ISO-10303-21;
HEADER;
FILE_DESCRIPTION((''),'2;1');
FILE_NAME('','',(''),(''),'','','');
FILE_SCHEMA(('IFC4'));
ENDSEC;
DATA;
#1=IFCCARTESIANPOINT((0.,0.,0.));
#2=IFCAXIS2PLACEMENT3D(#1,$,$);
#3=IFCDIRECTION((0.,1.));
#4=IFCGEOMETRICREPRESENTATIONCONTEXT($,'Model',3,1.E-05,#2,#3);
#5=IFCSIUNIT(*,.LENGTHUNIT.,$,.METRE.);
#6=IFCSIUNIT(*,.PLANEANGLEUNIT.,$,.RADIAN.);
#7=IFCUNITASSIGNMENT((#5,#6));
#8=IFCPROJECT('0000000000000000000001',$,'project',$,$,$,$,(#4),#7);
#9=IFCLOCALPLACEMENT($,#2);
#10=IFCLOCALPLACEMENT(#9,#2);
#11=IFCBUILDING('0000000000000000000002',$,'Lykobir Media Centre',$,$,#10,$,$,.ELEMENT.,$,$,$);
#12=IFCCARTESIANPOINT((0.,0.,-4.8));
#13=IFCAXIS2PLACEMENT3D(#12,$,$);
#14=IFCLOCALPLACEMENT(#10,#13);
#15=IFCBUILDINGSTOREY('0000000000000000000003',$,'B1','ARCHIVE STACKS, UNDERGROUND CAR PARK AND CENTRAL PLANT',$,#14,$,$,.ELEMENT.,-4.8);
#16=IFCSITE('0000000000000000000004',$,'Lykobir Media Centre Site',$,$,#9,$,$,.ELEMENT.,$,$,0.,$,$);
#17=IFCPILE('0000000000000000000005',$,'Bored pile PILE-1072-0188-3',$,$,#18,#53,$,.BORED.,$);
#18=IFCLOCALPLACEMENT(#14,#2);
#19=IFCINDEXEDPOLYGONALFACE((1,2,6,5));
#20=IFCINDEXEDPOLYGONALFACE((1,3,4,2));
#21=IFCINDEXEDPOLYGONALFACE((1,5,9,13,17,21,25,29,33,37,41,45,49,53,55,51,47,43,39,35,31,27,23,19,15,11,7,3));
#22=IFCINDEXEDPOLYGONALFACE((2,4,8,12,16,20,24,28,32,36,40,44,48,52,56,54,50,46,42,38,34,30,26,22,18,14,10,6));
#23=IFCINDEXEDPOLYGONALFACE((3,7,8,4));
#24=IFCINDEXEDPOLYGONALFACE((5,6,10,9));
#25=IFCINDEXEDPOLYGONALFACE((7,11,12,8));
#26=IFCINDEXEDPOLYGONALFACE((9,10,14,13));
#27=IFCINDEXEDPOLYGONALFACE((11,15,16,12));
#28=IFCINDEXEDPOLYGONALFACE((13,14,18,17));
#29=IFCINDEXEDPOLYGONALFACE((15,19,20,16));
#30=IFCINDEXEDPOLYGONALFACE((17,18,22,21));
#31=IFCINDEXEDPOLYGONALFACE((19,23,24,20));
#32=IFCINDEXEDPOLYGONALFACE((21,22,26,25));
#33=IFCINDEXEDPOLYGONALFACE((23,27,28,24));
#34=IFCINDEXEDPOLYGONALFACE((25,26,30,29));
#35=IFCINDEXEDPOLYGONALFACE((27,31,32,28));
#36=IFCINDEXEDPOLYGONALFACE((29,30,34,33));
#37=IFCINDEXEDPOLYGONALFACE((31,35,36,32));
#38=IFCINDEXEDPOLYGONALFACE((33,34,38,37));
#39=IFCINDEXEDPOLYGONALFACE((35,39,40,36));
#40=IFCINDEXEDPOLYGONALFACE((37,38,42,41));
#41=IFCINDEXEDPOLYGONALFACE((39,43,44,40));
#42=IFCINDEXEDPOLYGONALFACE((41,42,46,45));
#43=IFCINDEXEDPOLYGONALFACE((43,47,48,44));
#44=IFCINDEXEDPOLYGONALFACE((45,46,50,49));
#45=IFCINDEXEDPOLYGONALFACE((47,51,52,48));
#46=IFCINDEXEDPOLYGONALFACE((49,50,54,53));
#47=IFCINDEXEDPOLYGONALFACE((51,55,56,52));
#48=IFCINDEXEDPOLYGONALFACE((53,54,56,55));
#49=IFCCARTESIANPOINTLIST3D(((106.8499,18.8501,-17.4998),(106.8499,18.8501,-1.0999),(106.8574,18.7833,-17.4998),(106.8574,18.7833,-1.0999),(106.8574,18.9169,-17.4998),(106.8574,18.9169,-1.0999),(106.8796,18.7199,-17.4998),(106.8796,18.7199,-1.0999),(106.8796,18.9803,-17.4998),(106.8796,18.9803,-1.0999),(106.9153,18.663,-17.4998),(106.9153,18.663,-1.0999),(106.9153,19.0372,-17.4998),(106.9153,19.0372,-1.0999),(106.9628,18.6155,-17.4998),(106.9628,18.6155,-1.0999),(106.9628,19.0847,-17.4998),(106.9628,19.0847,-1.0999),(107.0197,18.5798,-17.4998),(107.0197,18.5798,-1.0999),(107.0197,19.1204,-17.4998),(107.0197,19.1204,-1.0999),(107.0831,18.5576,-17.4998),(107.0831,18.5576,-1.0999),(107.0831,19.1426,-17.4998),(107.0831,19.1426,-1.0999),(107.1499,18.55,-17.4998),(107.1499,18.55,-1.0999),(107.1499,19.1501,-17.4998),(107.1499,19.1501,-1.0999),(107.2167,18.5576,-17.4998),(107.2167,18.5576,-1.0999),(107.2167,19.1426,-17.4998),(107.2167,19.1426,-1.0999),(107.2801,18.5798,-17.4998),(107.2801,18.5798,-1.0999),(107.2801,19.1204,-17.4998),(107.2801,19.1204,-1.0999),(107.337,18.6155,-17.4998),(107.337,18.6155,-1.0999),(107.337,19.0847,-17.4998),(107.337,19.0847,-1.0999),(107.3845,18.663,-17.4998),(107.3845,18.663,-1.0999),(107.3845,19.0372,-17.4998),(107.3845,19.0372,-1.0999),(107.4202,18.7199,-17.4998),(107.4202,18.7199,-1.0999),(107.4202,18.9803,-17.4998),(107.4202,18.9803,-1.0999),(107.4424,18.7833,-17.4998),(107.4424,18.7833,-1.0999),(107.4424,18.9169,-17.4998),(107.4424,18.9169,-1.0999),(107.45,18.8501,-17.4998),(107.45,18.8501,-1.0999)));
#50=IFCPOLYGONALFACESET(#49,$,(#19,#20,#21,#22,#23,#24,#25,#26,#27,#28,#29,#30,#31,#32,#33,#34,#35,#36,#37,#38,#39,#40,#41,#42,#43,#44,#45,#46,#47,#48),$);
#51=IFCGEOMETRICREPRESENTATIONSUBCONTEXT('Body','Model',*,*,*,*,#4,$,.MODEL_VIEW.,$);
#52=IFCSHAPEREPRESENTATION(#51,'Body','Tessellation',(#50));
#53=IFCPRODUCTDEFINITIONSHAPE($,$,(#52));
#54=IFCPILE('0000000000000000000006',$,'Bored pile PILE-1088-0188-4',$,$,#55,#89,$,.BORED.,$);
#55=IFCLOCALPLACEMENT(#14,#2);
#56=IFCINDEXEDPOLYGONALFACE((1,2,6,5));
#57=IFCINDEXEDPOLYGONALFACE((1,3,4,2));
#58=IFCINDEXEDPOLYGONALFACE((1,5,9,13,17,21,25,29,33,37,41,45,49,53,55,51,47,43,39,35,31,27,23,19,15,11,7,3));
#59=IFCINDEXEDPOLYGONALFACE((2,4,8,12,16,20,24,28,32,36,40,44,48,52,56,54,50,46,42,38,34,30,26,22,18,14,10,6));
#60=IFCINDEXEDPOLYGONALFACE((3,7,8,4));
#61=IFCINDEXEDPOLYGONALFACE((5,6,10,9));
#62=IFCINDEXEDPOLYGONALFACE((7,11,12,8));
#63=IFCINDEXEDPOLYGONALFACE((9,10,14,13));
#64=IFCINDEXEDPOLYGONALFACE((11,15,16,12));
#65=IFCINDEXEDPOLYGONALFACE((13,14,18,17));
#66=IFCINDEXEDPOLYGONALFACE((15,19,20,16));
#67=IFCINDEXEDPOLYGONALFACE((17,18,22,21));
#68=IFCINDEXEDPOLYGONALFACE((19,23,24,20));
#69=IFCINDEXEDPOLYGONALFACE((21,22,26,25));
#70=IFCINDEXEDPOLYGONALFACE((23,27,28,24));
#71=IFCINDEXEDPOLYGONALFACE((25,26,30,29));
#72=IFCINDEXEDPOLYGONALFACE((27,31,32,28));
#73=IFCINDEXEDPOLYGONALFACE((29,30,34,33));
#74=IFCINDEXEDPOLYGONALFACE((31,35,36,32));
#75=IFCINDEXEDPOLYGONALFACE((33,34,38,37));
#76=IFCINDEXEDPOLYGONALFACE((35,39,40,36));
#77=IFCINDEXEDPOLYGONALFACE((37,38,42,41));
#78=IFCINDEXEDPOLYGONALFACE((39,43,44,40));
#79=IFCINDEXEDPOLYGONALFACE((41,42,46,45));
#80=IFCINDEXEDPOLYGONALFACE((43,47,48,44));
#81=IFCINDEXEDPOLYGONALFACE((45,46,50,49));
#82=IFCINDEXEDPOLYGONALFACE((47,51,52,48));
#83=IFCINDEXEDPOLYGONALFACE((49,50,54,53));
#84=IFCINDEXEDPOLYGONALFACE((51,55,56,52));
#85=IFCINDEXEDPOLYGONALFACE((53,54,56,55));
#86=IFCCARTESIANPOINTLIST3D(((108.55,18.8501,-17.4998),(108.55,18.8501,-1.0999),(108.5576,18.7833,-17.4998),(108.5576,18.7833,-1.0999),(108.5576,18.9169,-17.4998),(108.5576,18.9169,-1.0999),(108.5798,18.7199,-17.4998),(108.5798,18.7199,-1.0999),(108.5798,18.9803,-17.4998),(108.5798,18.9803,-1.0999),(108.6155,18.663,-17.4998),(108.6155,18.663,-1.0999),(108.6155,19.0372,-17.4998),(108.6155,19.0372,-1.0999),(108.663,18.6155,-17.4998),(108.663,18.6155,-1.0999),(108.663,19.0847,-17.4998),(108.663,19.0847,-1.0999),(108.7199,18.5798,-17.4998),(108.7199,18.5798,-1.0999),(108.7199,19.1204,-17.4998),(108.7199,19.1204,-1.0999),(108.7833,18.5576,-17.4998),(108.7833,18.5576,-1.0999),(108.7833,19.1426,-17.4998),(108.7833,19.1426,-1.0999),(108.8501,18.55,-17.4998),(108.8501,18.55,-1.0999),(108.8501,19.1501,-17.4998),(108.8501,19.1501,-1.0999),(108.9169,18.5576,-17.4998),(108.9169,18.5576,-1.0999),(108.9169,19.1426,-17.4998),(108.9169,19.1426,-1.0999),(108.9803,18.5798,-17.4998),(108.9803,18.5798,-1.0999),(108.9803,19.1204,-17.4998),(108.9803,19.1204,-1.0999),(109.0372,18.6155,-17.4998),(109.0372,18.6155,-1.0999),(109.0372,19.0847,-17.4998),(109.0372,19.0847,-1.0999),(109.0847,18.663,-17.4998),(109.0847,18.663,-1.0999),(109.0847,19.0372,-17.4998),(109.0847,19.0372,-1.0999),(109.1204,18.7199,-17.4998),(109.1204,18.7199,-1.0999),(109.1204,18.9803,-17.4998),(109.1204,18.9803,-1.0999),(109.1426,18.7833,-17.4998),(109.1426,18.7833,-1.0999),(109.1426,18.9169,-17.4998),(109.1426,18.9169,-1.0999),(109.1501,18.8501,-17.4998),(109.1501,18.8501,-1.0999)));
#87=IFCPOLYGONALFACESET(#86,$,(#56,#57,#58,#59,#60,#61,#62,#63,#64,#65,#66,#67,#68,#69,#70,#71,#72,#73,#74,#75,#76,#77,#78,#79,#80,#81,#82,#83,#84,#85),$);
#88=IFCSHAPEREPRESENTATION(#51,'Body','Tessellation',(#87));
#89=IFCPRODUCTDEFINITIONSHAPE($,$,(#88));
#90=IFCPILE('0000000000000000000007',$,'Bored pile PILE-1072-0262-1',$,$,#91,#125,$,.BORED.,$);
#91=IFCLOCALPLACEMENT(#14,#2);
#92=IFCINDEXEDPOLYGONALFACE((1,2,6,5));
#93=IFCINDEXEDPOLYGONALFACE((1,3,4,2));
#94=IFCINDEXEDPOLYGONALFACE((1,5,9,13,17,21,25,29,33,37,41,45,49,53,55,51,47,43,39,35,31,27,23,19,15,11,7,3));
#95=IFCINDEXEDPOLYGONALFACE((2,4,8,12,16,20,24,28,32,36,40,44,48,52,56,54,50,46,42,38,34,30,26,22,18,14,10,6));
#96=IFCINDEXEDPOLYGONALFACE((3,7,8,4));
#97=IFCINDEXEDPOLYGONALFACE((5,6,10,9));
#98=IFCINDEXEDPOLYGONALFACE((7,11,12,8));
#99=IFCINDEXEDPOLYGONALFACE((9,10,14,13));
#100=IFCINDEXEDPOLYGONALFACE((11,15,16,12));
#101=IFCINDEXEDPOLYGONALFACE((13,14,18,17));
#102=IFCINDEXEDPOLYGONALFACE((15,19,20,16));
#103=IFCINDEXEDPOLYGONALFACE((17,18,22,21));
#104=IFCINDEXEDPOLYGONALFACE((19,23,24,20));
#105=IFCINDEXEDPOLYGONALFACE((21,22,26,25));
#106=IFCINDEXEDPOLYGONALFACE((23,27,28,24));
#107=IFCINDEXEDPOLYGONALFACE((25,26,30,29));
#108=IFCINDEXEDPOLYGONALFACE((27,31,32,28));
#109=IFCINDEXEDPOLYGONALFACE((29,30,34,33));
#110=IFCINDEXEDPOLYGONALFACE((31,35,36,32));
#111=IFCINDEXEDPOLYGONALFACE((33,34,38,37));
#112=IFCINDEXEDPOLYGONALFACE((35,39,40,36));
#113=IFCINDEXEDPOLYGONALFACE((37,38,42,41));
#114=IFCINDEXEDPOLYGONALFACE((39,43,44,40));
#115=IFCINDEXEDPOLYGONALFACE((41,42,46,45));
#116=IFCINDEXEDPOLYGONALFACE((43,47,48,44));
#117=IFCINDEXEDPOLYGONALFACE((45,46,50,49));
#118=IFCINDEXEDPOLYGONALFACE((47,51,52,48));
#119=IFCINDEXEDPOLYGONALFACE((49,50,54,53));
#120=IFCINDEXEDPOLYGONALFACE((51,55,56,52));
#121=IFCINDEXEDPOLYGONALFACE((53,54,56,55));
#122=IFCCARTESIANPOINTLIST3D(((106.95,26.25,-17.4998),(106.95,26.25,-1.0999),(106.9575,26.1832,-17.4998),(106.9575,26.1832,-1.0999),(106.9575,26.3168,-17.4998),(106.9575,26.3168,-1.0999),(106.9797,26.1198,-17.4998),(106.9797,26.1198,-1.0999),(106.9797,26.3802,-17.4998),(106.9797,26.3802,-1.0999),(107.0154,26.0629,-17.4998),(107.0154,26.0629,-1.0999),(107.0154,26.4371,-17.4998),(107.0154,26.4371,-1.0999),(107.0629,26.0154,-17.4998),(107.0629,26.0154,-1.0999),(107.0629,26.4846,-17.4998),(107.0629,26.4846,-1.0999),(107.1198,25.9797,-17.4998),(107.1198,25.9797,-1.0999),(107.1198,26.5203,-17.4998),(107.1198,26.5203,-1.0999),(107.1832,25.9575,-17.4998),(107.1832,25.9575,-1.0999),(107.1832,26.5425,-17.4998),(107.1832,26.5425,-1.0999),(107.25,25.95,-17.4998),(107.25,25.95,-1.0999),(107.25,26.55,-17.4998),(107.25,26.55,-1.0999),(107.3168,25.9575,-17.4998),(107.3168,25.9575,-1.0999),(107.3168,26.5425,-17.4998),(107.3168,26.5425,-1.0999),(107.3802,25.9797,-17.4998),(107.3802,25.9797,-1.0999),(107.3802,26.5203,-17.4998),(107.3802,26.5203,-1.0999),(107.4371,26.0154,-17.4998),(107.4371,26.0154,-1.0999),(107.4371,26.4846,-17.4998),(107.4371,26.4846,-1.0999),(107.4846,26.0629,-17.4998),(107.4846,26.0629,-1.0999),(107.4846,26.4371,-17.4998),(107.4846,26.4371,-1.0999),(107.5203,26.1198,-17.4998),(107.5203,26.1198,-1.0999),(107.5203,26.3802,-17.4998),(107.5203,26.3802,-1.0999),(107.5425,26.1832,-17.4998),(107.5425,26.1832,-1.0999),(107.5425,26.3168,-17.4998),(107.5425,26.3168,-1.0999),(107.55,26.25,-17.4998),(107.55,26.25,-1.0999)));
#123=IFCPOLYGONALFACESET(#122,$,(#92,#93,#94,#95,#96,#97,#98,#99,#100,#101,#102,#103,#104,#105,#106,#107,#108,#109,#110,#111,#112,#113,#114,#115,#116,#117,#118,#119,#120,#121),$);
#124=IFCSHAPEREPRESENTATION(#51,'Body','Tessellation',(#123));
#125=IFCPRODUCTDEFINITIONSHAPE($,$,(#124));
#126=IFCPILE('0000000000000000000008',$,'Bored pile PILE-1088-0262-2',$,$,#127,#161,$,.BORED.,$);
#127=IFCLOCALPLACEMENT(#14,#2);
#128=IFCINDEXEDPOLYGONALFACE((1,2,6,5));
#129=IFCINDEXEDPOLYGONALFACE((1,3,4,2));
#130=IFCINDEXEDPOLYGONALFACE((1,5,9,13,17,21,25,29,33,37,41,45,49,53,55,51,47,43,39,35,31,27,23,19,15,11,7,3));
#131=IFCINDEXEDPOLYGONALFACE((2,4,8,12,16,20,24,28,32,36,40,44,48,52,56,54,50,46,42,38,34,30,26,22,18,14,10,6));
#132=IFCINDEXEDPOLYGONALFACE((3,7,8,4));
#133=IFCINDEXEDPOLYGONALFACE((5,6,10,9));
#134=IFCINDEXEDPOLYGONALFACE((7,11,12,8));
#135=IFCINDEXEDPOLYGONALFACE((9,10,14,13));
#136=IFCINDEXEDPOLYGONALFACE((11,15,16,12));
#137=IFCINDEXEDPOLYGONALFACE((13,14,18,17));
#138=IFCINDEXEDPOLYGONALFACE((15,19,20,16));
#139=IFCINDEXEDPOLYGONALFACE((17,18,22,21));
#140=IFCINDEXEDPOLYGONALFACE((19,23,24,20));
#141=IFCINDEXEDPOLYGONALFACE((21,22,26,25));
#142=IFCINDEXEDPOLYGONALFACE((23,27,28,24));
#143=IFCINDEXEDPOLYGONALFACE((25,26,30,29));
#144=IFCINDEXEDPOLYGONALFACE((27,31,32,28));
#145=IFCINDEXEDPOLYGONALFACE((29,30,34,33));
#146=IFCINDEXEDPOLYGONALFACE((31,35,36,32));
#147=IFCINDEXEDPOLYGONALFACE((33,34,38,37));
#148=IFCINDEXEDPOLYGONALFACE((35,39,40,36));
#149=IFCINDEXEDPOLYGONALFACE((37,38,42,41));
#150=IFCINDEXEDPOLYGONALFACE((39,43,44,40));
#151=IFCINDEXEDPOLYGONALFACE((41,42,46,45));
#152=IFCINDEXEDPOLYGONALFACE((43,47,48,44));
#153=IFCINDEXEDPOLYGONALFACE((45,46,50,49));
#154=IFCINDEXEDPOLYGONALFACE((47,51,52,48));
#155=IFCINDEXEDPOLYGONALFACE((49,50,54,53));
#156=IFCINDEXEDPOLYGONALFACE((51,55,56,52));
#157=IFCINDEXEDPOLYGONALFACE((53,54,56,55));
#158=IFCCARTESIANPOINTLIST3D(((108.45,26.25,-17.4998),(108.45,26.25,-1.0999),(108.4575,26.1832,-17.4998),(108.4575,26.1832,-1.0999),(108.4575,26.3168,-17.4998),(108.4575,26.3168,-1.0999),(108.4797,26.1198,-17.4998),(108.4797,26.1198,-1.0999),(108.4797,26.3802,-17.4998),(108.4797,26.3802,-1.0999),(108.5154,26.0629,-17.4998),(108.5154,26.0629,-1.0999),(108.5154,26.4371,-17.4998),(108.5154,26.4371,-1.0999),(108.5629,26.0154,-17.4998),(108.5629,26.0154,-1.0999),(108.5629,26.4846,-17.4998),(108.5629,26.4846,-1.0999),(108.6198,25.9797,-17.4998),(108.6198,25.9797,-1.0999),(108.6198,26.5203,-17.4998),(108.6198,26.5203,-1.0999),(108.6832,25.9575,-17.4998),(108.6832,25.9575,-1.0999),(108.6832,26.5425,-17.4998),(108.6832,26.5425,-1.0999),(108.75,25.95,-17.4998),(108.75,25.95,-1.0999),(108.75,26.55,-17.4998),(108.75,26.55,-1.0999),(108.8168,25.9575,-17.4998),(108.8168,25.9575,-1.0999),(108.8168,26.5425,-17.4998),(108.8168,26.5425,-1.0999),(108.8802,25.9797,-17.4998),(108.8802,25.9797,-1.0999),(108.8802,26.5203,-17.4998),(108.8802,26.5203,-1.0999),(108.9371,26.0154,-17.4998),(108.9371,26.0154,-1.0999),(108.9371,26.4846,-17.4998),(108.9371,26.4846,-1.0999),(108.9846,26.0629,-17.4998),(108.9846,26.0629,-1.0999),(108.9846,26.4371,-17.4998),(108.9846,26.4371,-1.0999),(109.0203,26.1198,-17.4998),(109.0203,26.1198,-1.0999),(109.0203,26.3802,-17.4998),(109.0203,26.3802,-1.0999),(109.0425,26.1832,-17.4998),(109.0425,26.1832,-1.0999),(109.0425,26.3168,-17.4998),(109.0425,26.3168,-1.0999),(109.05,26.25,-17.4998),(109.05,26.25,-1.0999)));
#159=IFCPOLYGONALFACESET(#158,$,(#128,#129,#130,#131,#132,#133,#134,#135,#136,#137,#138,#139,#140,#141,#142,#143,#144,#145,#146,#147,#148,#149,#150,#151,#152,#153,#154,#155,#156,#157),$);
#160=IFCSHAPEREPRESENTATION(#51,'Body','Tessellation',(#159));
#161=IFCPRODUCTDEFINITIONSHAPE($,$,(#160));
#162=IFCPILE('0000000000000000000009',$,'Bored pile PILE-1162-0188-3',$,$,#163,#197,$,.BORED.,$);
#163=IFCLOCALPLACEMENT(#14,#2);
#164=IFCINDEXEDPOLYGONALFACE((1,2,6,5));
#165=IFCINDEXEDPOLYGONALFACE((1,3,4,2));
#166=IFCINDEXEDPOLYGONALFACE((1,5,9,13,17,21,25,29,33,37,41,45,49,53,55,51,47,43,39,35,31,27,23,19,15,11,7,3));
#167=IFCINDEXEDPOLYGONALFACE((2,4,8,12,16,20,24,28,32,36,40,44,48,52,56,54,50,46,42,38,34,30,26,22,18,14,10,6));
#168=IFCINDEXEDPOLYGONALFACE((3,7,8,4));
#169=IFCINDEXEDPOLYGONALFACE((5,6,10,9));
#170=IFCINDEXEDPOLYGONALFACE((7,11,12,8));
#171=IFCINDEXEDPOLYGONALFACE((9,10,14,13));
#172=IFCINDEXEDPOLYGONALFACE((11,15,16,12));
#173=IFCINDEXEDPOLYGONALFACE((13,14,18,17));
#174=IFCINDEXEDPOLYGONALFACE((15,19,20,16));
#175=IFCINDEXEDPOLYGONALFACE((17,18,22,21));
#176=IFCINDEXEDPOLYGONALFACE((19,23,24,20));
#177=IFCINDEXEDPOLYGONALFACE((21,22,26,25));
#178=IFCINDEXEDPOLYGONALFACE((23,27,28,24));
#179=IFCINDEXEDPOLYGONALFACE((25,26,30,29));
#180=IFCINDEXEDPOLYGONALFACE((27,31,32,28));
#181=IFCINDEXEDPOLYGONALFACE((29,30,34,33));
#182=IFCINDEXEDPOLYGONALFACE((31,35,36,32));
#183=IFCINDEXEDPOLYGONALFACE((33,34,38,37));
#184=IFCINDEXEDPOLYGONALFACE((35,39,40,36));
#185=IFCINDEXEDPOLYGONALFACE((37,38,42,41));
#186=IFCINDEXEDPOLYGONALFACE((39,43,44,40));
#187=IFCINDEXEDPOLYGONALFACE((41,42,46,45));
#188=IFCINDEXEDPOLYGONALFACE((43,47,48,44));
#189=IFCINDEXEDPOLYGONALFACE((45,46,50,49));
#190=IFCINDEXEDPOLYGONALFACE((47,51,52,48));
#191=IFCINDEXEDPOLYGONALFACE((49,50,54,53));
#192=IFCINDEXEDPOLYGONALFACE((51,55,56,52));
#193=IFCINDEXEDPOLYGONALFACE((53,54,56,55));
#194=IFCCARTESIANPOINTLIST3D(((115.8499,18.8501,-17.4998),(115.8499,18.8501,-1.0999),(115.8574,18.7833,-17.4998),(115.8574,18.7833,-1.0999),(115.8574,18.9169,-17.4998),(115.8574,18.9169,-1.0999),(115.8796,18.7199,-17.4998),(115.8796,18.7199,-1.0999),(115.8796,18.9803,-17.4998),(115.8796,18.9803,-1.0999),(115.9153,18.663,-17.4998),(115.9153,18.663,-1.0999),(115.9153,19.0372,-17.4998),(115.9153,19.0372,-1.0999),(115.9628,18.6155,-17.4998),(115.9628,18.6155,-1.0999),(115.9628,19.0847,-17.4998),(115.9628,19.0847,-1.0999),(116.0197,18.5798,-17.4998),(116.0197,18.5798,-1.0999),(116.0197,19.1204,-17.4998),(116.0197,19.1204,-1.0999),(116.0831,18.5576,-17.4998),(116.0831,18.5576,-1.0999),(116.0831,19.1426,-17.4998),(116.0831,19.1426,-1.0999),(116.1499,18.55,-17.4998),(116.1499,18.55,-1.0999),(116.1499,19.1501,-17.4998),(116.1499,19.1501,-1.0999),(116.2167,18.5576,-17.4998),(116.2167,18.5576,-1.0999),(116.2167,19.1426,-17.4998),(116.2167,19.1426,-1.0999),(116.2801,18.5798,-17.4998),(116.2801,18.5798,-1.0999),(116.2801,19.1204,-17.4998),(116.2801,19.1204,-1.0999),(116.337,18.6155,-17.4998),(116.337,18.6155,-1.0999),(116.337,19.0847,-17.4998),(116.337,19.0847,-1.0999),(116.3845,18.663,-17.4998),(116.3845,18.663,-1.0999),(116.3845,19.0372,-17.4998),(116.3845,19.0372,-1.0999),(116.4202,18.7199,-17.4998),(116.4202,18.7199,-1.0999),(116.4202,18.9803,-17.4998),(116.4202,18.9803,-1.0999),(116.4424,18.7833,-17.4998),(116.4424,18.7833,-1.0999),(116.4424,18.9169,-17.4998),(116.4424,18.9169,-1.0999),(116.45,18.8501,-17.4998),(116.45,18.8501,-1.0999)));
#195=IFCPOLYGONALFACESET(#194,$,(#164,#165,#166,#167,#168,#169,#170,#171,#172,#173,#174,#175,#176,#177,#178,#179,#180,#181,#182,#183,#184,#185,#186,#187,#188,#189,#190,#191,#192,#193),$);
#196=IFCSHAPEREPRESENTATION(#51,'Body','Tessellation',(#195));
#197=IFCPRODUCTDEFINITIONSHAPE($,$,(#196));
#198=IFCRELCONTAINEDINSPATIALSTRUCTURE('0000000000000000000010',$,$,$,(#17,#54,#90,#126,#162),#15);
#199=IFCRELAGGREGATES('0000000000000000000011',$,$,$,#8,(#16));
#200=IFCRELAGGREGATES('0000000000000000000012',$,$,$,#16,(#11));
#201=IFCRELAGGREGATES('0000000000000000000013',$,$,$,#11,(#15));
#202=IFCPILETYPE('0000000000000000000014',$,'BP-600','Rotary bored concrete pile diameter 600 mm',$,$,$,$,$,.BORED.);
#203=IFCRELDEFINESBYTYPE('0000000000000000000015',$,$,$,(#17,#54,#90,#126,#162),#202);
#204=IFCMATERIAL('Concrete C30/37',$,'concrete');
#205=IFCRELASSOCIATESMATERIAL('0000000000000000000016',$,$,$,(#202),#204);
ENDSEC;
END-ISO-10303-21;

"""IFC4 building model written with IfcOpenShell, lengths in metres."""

from ifc_helpers import new_model, si_unit, direction, frame, origin, origin_2d, place, context, subcontext, project, spatial, circle, extrude, material, material_profile, profile_set, type_object, element, save


model = new_model("IFC4")

# Units and contexts
model_context = context("Model", 3, precision=1e-05, world=origin(), true_north=direction((0.0, 1.0)))
body_context = subcontext(model_context, "Body", "Model", "MODEL_VIEW")
ifc_project = project(units=[si_unit("LENGTHUNIT", "METRE"), si_unit("PLANEANGLEUNIT", "RADIAN")], contexts=[model_context])

# Site, building, storey
site_placement = place(None, origin())
site = spatial("IfcSite", under=ifc_project, at=site_placement, Name="Lykobir Media Centre Site", CompositionType="ELEMENT", RefElevation=0.0)
building_placement = place(site_placement, origin())
building = spatial("IfcBuilding", under=site, at=building_placement, Name="Lykobir Media Centre", CompositionType="ELEMENT")
storey_placement = place(building_placement, frame((0.0, 0.0, -4.8)))
storey = spatial("IfcBuildingStorey", under=building, at=storey_placement, Name="B1", Description="ARCHIVE STACKS, UNDERGROUND CAR PARK AND CENTRAL PLANT", CompositionType="ELEMENT", Elevation=-4.8)

# Piles
ifc_material_1 = material(Name="Concrete C30/37", Category="concrete")
ifc_material_profile_1 = material_profile(ifc_material_1, circle(Radius=0.3, at=origin_2d()), Name="BORED PILE D600")
ifc_profile_set_1 = profile_set([ifc_material_profile_1], Name="Concrete C30/37")
pile_type = type_object("IfcPileType", Name="BP-600", Description="Rotary bored concrete pile diameter 600 mm", PredefinedType="BORED", material=ifc_profile_set_1)
for number, where, z_axis, x_axis, name in (
    (1, (107.1499, 18.8501, -1.0999), (0.0, 0.0, -1.0), (1.0, 0.0, 0.0), "Bored pile PILE-1072-0188-3"),
    (2, (108.8501, 18.8501, -1.0999), (0.0, 0.0, -1.0), (1.0, 0.0, 0.0), "Bored pile PILE-1088-0188-4"),
    (3, (107.25, 26.25, -1.0999), (0.0, 0.0, -1.0), (1.0, 0.0, 0.0), "Bored pile PILE-1072-0262-1"),
    (4, (108.75, 26.25, -1.0999), (0.0, 0.0, -1.0), (1.0, 0.0, 0.0), "Bored pile PILE-1088-0262-2"),
    (5, (116.1499, 18.8501, -1.0999), (0.0, 0.0, -1.0), (1.0, 0.0, 0.0), "Bored pile PILE-1162-0188-3"),
):
    element("IfcPile", number, at=place(storey_placement, frame(where, z_axis=z_axis, x_axis=x_axis)), inside=storey, type_object=pile_type, Name=name, PredefinedType="BORED", context=body_context, shape_type="SweptSolid", body=[
        extrude(circle(Radius=0.3, at=origin_2d()), origin(), (0.0, 0.0, 1.0), 16.3999),
    ])

save(model, "model.ifc")
